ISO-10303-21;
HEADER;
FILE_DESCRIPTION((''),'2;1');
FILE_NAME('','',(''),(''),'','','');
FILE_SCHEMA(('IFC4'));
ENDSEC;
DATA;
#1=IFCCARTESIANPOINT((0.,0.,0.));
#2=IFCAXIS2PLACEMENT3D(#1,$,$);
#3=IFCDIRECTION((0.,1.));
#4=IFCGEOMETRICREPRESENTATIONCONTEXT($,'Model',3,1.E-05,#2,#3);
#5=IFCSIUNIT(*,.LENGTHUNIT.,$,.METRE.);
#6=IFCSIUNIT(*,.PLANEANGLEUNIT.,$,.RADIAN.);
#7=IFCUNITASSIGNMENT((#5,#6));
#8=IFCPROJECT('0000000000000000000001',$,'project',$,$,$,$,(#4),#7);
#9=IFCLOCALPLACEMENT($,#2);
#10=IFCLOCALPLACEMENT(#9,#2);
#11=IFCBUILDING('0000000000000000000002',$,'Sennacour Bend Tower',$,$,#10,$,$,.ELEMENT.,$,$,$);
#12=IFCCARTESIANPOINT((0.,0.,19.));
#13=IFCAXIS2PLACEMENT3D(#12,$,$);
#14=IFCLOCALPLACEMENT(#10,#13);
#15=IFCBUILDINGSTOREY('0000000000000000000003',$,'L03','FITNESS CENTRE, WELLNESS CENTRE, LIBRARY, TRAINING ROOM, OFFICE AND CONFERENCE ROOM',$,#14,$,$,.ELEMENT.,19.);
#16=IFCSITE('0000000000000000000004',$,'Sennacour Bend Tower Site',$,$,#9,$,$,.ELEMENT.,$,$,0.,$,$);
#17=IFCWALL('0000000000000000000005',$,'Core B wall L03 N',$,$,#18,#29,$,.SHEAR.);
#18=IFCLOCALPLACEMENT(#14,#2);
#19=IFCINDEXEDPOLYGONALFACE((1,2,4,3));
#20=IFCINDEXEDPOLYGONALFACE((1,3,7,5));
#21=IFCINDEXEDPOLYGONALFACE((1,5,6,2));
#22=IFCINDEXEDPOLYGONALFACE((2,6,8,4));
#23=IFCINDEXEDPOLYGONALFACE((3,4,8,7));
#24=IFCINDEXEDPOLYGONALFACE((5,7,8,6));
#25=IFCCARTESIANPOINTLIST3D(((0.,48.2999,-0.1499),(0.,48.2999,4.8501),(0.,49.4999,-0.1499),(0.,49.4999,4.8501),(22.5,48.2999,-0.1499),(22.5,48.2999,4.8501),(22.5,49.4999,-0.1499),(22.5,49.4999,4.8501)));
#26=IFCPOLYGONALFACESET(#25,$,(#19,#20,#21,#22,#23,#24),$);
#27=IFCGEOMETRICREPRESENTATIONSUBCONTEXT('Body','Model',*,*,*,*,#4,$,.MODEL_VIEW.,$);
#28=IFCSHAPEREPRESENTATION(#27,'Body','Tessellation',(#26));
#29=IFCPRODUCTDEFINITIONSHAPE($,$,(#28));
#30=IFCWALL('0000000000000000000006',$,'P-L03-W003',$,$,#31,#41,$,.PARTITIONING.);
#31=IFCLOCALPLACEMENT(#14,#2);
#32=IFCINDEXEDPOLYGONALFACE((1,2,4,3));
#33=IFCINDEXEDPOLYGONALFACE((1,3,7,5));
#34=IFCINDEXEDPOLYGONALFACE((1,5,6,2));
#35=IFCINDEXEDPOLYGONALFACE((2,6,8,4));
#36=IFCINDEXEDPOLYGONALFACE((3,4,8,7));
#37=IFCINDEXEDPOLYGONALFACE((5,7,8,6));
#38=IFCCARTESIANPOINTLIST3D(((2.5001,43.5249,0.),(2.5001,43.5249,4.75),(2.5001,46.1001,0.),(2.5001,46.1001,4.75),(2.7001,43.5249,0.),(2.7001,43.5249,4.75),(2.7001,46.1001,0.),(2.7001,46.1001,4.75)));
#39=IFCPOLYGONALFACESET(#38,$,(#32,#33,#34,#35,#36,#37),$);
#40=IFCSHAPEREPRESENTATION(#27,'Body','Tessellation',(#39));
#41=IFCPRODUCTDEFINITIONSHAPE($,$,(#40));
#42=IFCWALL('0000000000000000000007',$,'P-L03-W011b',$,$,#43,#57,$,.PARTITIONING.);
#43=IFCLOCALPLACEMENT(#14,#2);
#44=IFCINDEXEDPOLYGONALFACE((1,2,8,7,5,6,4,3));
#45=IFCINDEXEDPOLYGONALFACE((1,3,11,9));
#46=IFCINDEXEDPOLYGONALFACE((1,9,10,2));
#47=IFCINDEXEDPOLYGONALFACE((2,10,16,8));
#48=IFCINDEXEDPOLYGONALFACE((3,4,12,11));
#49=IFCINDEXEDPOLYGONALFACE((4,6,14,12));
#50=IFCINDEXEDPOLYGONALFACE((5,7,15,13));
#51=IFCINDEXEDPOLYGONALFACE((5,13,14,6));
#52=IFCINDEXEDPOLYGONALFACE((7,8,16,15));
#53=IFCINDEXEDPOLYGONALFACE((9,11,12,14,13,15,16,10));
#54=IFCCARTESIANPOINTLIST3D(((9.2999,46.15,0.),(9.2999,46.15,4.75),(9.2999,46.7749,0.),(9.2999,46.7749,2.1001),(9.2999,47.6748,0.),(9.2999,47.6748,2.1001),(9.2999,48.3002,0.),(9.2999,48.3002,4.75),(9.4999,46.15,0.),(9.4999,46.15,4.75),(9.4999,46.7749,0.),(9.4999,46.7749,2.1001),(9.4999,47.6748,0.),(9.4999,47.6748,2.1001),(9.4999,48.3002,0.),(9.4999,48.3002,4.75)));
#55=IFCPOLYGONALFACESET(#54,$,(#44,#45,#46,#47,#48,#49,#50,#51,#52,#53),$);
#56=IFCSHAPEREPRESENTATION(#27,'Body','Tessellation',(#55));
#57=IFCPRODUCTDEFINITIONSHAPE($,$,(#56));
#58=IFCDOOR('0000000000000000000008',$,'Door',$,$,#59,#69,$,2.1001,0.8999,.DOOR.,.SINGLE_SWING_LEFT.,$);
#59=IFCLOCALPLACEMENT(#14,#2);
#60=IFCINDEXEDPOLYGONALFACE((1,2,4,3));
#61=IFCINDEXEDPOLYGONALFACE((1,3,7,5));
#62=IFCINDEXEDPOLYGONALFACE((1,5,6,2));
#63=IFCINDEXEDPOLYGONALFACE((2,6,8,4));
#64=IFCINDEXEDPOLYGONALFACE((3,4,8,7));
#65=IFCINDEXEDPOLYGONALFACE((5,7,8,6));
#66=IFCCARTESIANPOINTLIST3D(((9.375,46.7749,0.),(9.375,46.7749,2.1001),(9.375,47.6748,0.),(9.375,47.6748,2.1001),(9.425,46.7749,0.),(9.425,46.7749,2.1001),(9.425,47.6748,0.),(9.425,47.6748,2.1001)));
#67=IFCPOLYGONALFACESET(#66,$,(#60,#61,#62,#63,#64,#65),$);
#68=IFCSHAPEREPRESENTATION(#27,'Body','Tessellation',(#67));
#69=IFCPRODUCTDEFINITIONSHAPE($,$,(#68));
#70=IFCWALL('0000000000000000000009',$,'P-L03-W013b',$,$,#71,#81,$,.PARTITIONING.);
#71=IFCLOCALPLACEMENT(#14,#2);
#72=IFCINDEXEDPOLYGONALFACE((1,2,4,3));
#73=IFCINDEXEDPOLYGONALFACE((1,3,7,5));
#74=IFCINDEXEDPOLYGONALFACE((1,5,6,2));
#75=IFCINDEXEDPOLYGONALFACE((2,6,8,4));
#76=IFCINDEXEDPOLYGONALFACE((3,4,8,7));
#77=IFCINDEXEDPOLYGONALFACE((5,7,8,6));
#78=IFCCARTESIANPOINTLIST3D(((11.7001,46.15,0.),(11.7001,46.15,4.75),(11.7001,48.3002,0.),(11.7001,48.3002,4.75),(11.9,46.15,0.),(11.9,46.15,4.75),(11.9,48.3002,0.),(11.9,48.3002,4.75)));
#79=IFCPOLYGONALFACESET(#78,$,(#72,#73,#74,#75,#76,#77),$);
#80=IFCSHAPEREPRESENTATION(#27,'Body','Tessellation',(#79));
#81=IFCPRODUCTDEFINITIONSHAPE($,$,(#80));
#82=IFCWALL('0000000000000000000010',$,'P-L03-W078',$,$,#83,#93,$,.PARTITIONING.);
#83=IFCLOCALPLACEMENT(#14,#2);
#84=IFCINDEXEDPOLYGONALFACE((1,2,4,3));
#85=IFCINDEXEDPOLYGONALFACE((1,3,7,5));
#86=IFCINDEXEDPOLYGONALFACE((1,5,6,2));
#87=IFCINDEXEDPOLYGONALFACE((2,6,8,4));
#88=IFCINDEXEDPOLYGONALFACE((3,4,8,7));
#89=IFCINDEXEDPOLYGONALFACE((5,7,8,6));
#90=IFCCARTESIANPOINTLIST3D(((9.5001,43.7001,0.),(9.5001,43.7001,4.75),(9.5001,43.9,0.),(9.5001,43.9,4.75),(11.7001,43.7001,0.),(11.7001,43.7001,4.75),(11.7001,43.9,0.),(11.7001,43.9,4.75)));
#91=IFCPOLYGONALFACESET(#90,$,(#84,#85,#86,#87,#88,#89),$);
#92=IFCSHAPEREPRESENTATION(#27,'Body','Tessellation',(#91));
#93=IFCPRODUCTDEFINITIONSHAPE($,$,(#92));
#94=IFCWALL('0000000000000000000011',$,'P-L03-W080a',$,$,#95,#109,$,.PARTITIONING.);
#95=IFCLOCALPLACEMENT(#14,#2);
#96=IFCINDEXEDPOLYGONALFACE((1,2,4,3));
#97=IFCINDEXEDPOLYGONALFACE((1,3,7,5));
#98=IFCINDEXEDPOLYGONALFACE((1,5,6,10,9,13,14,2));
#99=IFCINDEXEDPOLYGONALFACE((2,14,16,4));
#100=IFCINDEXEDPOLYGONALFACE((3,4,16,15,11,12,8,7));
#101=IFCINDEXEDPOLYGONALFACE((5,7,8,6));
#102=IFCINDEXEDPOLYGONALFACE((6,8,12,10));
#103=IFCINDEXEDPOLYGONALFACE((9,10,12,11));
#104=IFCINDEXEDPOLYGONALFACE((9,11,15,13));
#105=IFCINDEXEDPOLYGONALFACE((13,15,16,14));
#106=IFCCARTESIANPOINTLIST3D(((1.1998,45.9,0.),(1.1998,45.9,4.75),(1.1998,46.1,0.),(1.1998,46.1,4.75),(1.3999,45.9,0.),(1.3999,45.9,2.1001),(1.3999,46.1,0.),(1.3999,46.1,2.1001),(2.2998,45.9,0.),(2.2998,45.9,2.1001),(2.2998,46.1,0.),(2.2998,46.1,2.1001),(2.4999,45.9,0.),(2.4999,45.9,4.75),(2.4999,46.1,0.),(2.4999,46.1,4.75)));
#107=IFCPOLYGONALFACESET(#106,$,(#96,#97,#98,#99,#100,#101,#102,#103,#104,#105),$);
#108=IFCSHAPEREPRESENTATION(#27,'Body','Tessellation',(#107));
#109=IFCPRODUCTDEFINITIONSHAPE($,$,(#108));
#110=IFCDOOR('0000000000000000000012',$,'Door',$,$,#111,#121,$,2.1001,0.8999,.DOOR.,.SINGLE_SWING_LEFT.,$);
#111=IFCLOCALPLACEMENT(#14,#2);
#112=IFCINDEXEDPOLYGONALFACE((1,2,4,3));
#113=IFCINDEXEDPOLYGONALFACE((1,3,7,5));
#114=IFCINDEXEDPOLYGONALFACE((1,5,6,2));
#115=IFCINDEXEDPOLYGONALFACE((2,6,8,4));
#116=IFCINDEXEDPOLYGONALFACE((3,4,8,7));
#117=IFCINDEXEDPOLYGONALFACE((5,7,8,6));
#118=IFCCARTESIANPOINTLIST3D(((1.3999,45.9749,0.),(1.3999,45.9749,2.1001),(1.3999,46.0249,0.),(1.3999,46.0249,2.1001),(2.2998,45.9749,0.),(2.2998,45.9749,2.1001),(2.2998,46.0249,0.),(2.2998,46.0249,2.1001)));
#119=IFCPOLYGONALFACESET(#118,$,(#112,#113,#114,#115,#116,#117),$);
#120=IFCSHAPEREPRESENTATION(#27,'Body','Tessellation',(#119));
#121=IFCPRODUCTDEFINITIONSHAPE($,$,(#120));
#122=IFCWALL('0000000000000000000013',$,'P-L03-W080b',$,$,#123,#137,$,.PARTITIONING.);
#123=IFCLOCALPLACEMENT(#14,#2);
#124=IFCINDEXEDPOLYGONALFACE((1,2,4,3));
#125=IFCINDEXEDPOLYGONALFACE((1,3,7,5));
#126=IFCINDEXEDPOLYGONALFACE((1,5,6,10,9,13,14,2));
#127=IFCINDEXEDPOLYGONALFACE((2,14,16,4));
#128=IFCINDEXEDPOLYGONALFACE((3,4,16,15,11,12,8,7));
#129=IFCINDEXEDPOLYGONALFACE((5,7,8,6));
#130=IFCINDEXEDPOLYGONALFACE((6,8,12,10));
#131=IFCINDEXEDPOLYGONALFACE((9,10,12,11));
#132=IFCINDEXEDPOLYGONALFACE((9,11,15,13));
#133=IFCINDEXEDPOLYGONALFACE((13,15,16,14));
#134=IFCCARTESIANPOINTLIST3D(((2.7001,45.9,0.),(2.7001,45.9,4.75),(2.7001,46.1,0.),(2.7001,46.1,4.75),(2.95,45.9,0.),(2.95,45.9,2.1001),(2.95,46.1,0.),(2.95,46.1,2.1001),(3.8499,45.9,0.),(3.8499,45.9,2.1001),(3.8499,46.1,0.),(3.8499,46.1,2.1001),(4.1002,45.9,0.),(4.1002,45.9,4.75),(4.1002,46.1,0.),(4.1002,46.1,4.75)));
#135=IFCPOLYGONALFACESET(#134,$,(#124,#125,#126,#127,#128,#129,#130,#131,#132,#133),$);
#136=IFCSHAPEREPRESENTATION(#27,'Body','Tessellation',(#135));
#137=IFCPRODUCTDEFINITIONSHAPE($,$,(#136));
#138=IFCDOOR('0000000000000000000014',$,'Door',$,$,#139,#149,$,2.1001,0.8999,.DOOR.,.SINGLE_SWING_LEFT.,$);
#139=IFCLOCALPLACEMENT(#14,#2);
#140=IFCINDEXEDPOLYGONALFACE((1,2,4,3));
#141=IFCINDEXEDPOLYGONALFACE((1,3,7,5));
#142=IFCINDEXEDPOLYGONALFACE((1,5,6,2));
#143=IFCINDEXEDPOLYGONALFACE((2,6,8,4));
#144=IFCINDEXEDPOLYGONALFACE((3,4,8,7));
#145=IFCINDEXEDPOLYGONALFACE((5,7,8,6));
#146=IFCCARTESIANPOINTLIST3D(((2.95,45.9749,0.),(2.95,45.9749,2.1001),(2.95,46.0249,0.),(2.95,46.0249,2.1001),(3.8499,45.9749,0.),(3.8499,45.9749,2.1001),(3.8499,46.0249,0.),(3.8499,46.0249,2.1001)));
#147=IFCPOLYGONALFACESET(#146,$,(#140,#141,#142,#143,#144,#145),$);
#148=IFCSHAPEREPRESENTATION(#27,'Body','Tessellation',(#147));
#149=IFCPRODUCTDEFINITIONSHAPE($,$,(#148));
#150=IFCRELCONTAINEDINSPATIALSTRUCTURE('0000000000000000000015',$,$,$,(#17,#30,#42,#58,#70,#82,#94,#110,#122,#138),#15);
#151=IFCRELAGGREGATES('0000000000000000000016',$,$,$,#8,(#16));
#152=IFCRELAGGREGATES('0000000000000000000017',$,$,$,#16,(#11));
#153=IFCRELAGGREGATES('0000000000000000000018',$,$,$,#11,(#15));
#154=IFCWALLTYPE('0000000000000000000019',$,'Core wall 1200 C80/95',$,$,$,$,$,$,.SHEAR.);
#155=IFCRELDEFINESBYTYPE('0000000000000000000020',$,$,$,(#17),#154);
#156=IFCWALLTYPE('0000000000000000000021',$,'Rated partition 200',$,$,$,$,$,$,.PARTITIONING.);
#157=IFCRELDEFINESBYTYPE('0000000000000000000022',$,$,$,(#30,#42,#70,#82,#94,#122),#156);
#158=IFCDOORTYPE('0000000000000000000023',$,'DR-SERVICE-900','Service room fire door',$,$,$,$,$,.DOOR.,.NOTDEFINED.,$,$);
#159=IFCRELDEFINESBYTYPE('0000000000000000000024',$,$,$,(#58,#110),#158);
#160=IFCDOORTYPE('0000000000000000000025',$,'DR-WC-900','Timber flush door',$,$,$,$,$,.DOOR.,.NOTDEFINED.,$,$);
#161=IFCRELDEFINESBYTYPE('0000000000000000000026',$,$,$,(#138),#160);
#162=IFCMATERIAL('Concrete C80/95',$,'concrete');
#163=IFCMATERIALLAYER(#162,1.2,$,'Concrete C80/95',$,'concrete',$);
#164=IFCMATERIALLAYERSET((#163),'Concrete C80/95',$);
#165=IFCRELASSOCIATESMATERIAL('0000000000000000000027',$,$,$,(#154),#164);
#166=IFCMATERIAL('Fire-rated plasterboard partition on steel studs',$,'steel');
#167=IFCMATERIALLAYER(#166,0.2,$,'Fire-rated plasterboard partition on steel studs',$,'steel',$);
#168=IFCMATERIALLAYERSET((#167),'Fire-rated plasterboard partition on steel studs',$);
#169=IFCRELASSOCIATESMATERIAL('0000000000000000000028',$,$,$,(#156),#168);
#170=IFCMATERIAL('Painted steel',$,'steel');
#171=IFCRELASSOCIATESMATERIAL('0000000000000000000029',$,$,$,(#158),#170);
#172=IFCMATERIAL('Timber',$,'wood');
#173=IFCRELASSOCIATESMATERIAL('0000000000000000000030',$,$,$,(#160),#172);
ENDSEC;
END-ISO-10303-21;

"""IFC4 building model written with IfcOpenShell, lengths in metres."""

from ifc_helpers import new_model, si_unit, direction, frame, frame_2d, origin, place, context, subcontext, project, spatial, rectangle, extrude, material, layer, layer_set, type_object, element, fill, save


model = new_model("IFC4")

# Units and contexts
model_context = context("Model", 3, precision=1e-05, world=origin(), true_north=direction((0.0, 1.0)))
body_context = subcontext(model_context, "Body", "Model", "MODEL_VIEW")
ifc_project = project(units=[si_unit("LENGTHUNIT", "METRE"), si_unit("PLANEANGLEUNIT", "RADIAN")], contexts=[model_context])

# Site, building, storey
site_placement = place(None, origin())
site = spatial("IfcSite", under=ifc_project, at=site_placement, Name="Sennacour Bend Tower Site", CompositionType="ELEMENT", RefElevation=0.0)
building_placement = place(site_placement, origin())
building = spatial("IfcBuilding", under=site, at=building_placement, Name="Sennacour Bend Tower", CompositionType="ELEMENT")
storey_placement = place(building_placement, frame((0.0, 0.0, 19.0)))
storey = spatial("IfcBuildingStorey", under=building, at=storey_placement, Name="L03", Description="FITNESS CENTRE, WELLNESS CENTRE, LIBRARY, TRAINING ROOM, OFFICE AND CONFERENCE ROOM", CompositionType="ELEMENT", Elevation=19.0)

# Walls
ifc_material_1 = material(Name="Concrete C80/95", Category="concrete")
ifc_layer_1 = layer(ifc_material_1, 1.2, Name="Concrete C80/95", Category="concrete")
ifc_layer_set_1 = layer_set([ifc_layer_1], Name="Concrete C80/95")
wall_type_1 = type_object("IfcWallType", Name="Core wall 1200 C80/95", PredefinedType="SHEAR", material=ifc_layer_set_1)
wall_1_placement = place(storey_placement, frame((0.0, 48.8999, -0.1499), z_axis=(0.0, 0.0, 1.0), x_axis=(1.0, 0.0, 0.0)))
element("IfcWall", 1, at=wall_1_placement, inside=storey, type_object=wall_type_1, Name="Core B wall L03 N", PredefinedType="SHEAR", context=body_context, shape_type="SweptSolid", body=[
    extrude(rectangle(XDim=22.5, YDim=1.2, at=frame_2d((11.25, 0.0))), origin(), (0.0, 0.0, 1.0), 5.0),
])
ifc_material_2 = material(Name="Fire-rated plasterboard partition on steel studs", Category="steel")
ifc_layer_2 = layer(ifc_material_2, 0.2, Name="Fire-rated plasterboard partition on steel studs", Category="steel")
ifc_layer_set_2 = layer_set([ifc_layer_2], Name="Fire-rated plasterboard partition on steel studs")
wall_type_2 = type_object("IfcWallType", Name="Rated partition 200", PredefinedType="PARTITIONING", material=ifc_layer_set_2)
wall_2_placement = place(storey_placement, frame((2.6001, 43.5249, 0.0), z_axis=(0.0, 0.0, 1.0), x_axis=(0.0, 1.0, 0.0)))
element("IfcWall", 2, at=wall_2_placement, inside=storey, type_object=wall_type_2, Name="P-L03-W003", PredefinedType="PARTITIONING", context=body_context, shape_type="SweptSolid", body=[
    extrude(rectangle(XDim=2.5752, YDim=0.2, at=frame_2d((1.2876, 0.0))), origin(), (0.0, 0.0, 1.0), 4.75),
])

# Wall, opening, door
wall_3_placement = place(storey_placement, frame((9.3999, 46.1499, 0.0), z_axis=(0.0, 0.0, 1.0), x_axis=(0.0, 1.0, 0.0)))
wall_3 = element("IfcWall", 3, at=wall_3_placement, inside=storey, type_object=wall_type_2, Name="P-L03-W011b", PredefinedType="PARTITIONING", context=body_context, shape_type="SweptSolid", body=[
    extrude(rectangle(XDim=2.1501, YDim=0.2, at=frame_2d((1.0752, 0.0))), origin(), (0.0, 0.0, 1.0), 4.75),
])
opening_1_placement = place(wall_3_placement, frame((0.625, 0.0, 0.0)))
opening_1 = element("IfcOpeningElement", 4, at=opening_1_placement, cuts=wall_3, PredefinedType="OPENING", context=body_context, shape_type="SweptSolid", body=[
    extrude(rectangle(XDim=0.8999, YDim=2.1001, at=frame_2d((0.45, 1.05))), frame((0.0, 0.1099, 0.0), z_axis=(0.0, -1.0, 0.0), x_axis=(1.0, 0.0, 0.0)), (0.0, 0.0, 1.0), 0.22),
])
ifc_material_3 = material(Name="Painted steel", Category="steel")
door_type_1 = type_object("IfcDoorType", Name="DR-SERVICE-900", Description="Service room fire door", OperationType="NOTDEFINED", PredefinedType="DOOR", material=ifc_material_3)
door_1_placement = place(opening_1_placement, origin())
door_1 = element("IfcDoor", 5, at=door_1_placement, inside=storey, type_object=door_type_1, Name="Door", OperationType="SINGLE_SWING_LEFT", OverallHeight=2.1001, OverallWidth=0.8999, PredefinedType="DOOR", context=body_context, shape_type="SweptSolid", body=[
    extrude(rectangle(XDim=0.8999, YDim=2.1001, at=frame_2d((0.45, 1.05))), frame((0.0, 0.0249, 0.0), z_axis=(0.0, -1.0, 0.0), x_axis=(1.0, 0.0, 0.0)), (0.0, 0.0, 1.0), 0.05),
])
fill(opening_1, door_1)

# Walls
wall_4_placement = place(storey_placement, frame((11.8, 46.1499, 0.0), z_axis=(0.0, 0.0, 1.0), x_axis=(0.0, 1.0, 0.0)))
element("IfcWall", 6, at=wall_4_placement, inside=storey, type_object=wall_type_2, Name="P-L03-W013b", PredefinedType="PARTITIONING", context=body_context, shape_type="SweptSolid", body=[
    extrude(rectangle(XDim=2.1501, YDim=0.2, at=frame_2d((1.0752, 0.0))), origin(), (0.0, 0.0, 1.0), 4.75),
])
wall_5_placement = place(storey_placement, frame((9.5, 43.8, 0.0), z_axis=(0.0, 0.0, 1.0), x_axis=(1.0, 0.0, 0.0)))
element("IfcWall", 7, at=wall_5_placement, inside=storey, type_object=wall_type_2, Name="P-L03-W078", PredefinedType="PARTITIONING", context=body_context, shape_type="SweptSolid", body=[
    extrude(rectangle(XDim=2.2, YDim=0.2, at=frame_2d((1.1001, 0.0))), origin(), (0.0, 0.0, 1.0), 4.75),
])

# Walls, openings, doors
wall_6_placement = place(storey_placement, frame((1.2, 46.0, 0.0), z_axis=(0.0, 0.0, 1.0), x_axis=(1.0, 0.0, 0.0)))
wall_6 = element("IfcWall", 8, at=wall_6_placement, inside=storey, type_object=wall_type_2, Name="P-L03-W080a", PredefinedType="PARTITIONING", context=body_context, shape_type="SweptSolid", body=[
    extrude(rectangle(XDim=1.3, YDim=0.2, at=frame_2d((0.6499, 0.0))), origin(), (0.0, 0.0, 1.0), 4.75),
])
opening_2_placement = place(wall_6_placement, frame((0.2, 0.0, 0.0)))
opening_2 = element("IfcOpeningElement", 9, at=opening_2_placement, cuts=wall_6, PredefinedType="OPENING", context=body_context, shape_type="SweptSolid", body=[
    extrude(rectangle(XDim=0.8999, YDim=2.1001, at=frame_2d((0.45, 1.05))), frame((0.0, 0.1099, 0.0), z_axis=(0.0, -1.0, 0.0), x_axis=(1.0, 0.0, 0.0)), (0.0, 0.0, 1.0), 0.22),
])
door_2_placement = place(opening_2_placement, origin())
door_2 = element("IfcDoor", 10, at=door_2_placement, inside=storey, type_object=door_type_1, Name="Door", OperationType="SINGLE_SWING_LEFT", OverallHeight=2.1001, OverallWidth=0.8999, PredefinedType="DOOR", context=body_context, shape_type="SweptSolid", body=[
    extrude(rectangle(XDim=0.8999, YDim=2.1001, at=frame_2d((0.45, 1.05))), frame((0.0, 0.0249, 0.0), z_axis=(0.0, -1.0, 0.0), x_axis=(1.0, 0.0, 0.0)), (0.0, 0.0, 1.0), 0.05),
])
fill(opening_2, door_2)
wall_7_placement = place(storey_placement, frame((2.7, 46.0, 0.0), z_axis=(0.0, 0.0, 1.0), x_axis=(1.0, 0.0, 0.0)))
wall_7 = element("IfcWall", 11, at=wall_7_placement, inside=storey, type_object=wall_type_2, Name="P-L03-W080b", PredefinedType="PARTITIONING", context=body_context, shape_type="SweptSolid", body=[
    extrude(rectangle(XDim=1.4001, YDim=0.2, at=frame_2d((0.7002, 0.0))), origin(), (0.0, 0.0, 1.0), 4.75),
])
opening_3_placement = place(wall_7_placement, frame((0.25, 0.0, 0.0)))
opening_3 = element("IfcOpeningElement", 12, at=opening_3_placement, cuts=wall_7, PredefinedType="OPENING", context=body_context, shape_type="SweptSolid", body=[
    extrude(rectangle(XDim=0.8999, YDim=2.1001, at=frame_2d((0.45, 1.05))), frame((0.0, 0.1099, 0.0), z_axis=(0.0, -1.0, 0.0), x_axis=(1.0, 0.0, 0.0)), (0.0, 0.0, 1.0), 0.22),
])
ifc_material_4 = material(Name="Timber", Category="wood")
door_type_2 = type_object("IfcDoorType", Name="DR-WC-900", Description="Timber flush door", OperationType="NOTDEFINED", PredefinedType="DOOR", material=ifc_material_4)
door_3_placement = place(opening_3_placement, origin())
door_3 = element("IfcDoor", 13, at=door_3_placement, inside=storey, type_object=door_type_2, Name="Door", OperationType="SINGLE_SWING_LEFT", OverallHeight=2.1001, OverallWidth=0.8999, PredefinedType="DOOR", context=body_context, shape_type="SweptSolid", body=[
    extrude(rectangle(XDim=0.8999, YDim=2.1001, at=frame_2d((0.45, 1.05))), frame((0.0, 0.0249, 0.0), z_axis=(0.0, -1.0, 0.0), x_axis=(1.0, 0.0, 0.0)), (0.0, 0.0, 1.0), 0.05),
])
fill(opening_3, door_3)

save(model, "model.ifc")
